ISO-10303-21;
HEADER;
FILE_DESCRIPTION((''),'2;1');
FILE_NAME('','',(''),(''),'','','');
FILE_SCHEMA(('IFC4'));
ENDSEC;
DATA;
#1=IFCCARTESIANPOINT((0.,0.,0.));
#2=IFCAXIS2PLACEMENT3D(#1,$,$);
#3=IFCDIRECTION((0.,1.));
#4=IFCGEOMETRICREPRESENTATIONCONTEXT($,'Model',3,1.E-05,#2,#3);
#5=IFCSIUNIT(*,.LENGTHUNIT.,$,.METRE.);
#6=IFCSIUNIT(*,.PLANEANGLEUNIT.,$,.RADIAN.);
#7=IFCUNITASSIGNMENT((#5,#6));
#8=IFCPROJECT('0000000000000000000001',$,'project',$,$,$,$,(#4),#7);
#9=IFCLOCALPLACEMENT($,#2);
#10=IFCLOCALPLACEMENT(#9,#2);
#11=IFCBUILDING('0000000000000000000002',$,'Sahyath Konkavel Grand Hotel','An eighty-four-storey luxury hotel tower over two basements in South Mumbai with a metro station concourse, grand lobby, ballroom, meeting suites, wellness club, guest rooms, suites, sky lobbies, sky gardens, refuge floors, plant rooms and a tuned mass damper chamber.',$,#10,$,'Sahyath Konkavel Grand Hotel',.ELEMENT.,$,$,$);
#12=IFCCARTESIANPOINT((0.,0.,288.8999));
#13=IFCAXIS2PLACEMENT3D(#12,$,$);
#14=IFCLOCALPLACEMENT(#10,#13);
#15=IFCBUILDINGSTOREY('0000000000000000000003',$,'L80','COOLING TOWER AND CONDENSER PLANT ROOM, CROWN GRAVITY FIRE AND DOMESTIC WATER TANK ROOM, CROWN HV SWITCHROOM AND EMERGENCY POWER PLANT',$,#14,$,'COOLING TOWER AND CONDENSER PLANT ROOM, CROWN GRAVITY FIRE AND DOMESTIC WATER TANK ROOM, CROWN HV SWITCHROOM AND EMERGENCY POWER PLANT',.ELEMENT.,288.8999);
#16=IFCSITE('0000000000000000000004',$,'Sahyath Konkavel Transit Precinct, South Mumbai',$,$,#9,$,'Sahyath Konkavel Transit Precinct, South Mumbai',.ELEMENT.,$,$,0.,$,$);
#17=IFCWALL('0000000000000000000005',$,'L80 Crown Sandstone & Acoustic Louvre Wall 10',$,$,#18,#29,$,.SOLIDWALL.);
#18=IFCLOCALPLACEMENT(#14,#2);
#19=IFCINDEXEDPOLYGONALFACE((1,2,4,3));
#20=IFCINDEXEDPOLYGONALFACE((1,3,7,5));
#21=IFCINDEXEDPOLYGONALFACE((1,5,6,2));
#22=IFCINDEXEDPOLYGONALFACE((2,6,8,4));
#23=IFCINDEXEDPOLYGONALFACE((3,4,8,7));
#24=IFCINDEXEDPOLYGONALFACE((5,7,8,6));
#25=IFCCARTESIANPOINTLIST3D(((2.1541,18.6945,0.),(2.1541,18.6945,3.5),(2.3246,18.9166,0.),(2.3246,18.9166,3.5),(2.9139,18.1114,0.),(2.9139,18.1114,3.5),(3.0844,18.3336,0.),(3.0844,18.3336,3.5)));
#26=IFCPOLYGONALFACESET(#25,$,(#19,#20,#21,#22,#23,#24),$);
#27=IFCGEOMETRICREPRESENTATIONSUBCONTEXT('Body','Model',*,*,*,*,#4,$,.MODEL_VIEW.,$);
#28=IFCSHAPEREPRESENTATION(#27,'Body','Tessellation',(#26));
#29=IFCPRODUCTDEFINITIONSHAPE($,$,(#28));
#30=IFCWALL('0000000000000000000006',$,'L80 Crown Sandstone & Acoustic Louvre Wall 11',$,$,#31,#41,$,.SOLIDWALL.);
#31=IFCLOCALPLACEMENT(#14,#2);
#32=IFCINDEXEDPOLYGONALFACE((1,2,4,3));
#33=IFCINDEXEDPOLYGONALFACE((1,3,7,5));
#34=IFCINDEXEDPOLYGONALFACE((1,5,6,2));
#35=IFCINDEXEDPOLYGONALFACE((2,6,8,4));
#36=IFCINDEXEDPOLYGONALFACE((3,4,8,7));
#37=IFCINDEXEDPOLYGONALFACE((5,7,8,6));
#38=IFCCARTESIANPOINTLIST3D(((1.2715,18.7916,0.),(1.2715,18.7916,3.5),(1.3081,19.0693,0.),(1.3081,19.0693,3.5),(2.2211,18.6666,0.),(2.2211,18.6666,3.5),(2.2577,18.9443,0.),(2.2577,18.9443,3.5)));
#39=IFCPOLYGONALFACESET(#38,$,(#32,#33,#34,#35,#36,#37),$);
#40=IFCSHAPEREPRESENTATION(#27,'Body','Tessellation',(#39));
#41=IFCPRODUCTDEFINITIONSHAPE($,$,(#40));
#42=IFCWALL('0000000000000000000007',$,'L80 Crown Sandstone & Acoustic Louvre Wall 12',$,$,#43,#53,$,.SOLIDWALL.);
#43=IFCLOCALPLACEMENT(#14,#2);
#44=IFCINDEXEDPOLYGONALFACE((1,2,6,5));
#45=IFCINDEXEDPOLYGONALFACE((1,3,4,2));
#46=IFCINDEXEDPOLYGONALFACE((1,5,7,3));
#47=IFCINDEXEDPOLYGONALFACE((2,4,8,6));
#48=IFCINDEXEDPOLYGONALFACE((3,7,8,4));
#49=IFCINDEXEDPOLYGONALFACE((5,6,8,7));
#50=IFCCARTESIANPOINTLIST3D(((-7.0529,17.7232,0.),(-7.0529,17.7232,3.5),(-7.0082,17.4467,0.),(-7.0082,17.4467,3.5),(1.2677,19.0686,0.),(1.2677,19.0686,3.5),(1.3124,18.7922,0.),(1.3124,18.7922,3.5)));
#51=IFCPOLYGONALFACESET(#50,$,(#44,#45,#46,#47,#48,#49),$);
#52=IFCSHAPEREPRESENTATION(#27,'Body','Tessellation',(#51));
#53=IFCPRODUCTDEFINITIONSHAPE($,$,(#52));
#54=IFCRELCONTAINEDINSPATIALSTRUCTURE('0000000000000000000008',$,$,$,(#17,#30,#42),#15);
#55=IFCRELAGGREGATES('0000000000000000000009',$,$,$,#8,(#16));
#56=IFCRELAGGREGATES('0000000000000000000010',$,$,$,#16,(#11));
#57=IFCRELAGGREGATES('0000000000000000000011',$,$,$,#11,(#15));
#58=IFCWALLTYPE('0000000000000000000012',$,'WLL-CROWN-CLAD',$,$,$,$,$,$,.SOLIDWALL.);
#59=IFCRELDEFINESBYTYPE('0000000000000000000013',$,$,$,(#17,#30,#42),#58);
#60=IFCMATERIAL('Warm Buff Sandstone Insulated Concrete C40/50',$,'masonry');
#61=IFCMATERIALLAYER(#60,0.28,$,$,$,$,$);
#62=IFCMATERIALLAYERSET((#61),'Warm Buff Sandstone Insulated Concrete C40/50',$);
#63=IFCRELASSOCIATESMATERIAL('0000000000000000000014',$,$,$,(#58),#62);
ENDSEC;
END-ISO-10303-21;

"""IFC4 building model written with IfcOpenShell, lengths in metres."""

from ifc_helpers import new_model, si_unit, direction, frame, frame_2d, origin, place, context, subcontext, project, spatial, rectangle, extrude, material, layer, layer_set, type_object, element, save


model = new_model("IFC4")

# Units and contexts
model_context = context("Model", 3, precision=1e-05, world=origin(), true_north=direction((0.0, 1.0)))
body_context = subcontext(model_context, "Body", "Model", "MODEL_VIEW")
ifc_project = project(units=[si_unit("LENGTHUNIT", "METRE"), si_unit("PLANEANGLEUNIT", "RADIAN")], contexts=[model_context])

# Site, building, storey
site_placement = place(None, origin())
site = spatial("IfcSite", under=ifc_project, at=site_placement, Name="Sahyath Konkavel Transit Precinct, South Mumbai", LongName="Sahyath Konkavel Transit Precinct, South Mumbai", CompositionType="ELEMENT", RefElevation=0.0)
building_placement = place(site_placement, origin())
building = spatial("IfcBuilding", under=site, at=building_placement, Name="Sahyath Konkavel Grand Hotel", Description="An eighty-four-storey luxury hotel tower over two basements in South Mumbai with a metro station concourse, grand lobby, ballroom, meeting suites, wellness club, guest rooms, suites, sky lobbies, sky gardens, refuge floors, plant rooms and a tuned mass damper chamber.", LongName="Sahyath Konkavel Grand Hotel", CompositionType="ELEMENT")
storey_placement = place(building_placement, frame((0.0, 0.0, 288.8999)))
storey = spatial("IfcBuildingStorey", under=building, at=storey_placement, Name="L80", Description="COOLING TOWER AND CONDENSER PLANT ROOM, CROWN GRAVITY FIRE AND DOMESTIC WATER TANK ROOM, CROWN HV SWITCHROOM AND EMERGENCY POWER PLANT", LongName="COOLING TOWER AND CONDENSER PLANT ROOM, CROWN GRAVITY FIRE AND DOMESTIC WATER TANK ROOM, CROWN HV SWITCHROOM AND EMERGENCY POWER PLANT", CompositionType="ELEMENT", Elevation=288.8999)

# Walls
ifc_material_1 = material(Name="Warm Buff Sandstone Insulated Concrete C40/50", Category="masonry")
ifc_layer_1 = layer(ifc_material_1, 0.28)
ifc_layer_set_1 = layer_set([ifc_layer_1], Name="Warm Buff Sandstone Insulated Concrete C40/50")
wall_type_1 = type_object("IfcWallType", Name="WLL-CROWN-CLAD", PredefinedType="SOLIDWALL", material=ifc_layer_set_1)
for number, where, z_axis, x_axis, name in (
    (1, (2.9993, 18.2224, 0.0), (0.0, 0.0, 1.0), (-0.793344, 0.608774, 0.0), "L80 Crown Sandstone & Acoustic Louvre Wall 10"),
    (2, (2.2395, 18.8054, 0.0), (0.0, 0.0, 1.0), (-0.991445, 0.130527, 0.0), "L80 Crown Sandstone & Acoustic Louvre Wall 11"),
):
    element("IfcWall", number, at=place(storey_placement, frame(where, z_axis=z_axis, x_axis=x_axis)), inside=storey, type_object=wall_type_1, Name=name, PredefinedType="SOLIDWALL", context=body_context, shape_type="SweptSolid", body=[
        extrude(rectangle(XDim=0.9578, YDim=0.28, at=frame_2d((0.479, 0.0))), origin(), (0.0, 0.0, 1.0), 3.5),
    ])
wall_1_placement = place(storey_placement, frame((1.29, 18.9304, 0.0), z_axis=(0.0, 0.0, 1.0), x_axis=(-0.987177, -0.159629, 0.0)))
element("IfcWall", 3, at=wall_1_placement, inside=storey, type_object=wall_type_1, Name="L80 Crown Sandstone & Acoustic Louvre Wall 12", PredefinedType="SOLIDWALL", context=body_context, shape_type="SweptSolid", body=[
    extrude(rectangle(XDim=8.4287, YDim=0.28, at=frame_2d((4.2144, 0.0))), origin(), (0.0, 0.0, 1.0), 3.5),
])

save(model, "model.ifc")
